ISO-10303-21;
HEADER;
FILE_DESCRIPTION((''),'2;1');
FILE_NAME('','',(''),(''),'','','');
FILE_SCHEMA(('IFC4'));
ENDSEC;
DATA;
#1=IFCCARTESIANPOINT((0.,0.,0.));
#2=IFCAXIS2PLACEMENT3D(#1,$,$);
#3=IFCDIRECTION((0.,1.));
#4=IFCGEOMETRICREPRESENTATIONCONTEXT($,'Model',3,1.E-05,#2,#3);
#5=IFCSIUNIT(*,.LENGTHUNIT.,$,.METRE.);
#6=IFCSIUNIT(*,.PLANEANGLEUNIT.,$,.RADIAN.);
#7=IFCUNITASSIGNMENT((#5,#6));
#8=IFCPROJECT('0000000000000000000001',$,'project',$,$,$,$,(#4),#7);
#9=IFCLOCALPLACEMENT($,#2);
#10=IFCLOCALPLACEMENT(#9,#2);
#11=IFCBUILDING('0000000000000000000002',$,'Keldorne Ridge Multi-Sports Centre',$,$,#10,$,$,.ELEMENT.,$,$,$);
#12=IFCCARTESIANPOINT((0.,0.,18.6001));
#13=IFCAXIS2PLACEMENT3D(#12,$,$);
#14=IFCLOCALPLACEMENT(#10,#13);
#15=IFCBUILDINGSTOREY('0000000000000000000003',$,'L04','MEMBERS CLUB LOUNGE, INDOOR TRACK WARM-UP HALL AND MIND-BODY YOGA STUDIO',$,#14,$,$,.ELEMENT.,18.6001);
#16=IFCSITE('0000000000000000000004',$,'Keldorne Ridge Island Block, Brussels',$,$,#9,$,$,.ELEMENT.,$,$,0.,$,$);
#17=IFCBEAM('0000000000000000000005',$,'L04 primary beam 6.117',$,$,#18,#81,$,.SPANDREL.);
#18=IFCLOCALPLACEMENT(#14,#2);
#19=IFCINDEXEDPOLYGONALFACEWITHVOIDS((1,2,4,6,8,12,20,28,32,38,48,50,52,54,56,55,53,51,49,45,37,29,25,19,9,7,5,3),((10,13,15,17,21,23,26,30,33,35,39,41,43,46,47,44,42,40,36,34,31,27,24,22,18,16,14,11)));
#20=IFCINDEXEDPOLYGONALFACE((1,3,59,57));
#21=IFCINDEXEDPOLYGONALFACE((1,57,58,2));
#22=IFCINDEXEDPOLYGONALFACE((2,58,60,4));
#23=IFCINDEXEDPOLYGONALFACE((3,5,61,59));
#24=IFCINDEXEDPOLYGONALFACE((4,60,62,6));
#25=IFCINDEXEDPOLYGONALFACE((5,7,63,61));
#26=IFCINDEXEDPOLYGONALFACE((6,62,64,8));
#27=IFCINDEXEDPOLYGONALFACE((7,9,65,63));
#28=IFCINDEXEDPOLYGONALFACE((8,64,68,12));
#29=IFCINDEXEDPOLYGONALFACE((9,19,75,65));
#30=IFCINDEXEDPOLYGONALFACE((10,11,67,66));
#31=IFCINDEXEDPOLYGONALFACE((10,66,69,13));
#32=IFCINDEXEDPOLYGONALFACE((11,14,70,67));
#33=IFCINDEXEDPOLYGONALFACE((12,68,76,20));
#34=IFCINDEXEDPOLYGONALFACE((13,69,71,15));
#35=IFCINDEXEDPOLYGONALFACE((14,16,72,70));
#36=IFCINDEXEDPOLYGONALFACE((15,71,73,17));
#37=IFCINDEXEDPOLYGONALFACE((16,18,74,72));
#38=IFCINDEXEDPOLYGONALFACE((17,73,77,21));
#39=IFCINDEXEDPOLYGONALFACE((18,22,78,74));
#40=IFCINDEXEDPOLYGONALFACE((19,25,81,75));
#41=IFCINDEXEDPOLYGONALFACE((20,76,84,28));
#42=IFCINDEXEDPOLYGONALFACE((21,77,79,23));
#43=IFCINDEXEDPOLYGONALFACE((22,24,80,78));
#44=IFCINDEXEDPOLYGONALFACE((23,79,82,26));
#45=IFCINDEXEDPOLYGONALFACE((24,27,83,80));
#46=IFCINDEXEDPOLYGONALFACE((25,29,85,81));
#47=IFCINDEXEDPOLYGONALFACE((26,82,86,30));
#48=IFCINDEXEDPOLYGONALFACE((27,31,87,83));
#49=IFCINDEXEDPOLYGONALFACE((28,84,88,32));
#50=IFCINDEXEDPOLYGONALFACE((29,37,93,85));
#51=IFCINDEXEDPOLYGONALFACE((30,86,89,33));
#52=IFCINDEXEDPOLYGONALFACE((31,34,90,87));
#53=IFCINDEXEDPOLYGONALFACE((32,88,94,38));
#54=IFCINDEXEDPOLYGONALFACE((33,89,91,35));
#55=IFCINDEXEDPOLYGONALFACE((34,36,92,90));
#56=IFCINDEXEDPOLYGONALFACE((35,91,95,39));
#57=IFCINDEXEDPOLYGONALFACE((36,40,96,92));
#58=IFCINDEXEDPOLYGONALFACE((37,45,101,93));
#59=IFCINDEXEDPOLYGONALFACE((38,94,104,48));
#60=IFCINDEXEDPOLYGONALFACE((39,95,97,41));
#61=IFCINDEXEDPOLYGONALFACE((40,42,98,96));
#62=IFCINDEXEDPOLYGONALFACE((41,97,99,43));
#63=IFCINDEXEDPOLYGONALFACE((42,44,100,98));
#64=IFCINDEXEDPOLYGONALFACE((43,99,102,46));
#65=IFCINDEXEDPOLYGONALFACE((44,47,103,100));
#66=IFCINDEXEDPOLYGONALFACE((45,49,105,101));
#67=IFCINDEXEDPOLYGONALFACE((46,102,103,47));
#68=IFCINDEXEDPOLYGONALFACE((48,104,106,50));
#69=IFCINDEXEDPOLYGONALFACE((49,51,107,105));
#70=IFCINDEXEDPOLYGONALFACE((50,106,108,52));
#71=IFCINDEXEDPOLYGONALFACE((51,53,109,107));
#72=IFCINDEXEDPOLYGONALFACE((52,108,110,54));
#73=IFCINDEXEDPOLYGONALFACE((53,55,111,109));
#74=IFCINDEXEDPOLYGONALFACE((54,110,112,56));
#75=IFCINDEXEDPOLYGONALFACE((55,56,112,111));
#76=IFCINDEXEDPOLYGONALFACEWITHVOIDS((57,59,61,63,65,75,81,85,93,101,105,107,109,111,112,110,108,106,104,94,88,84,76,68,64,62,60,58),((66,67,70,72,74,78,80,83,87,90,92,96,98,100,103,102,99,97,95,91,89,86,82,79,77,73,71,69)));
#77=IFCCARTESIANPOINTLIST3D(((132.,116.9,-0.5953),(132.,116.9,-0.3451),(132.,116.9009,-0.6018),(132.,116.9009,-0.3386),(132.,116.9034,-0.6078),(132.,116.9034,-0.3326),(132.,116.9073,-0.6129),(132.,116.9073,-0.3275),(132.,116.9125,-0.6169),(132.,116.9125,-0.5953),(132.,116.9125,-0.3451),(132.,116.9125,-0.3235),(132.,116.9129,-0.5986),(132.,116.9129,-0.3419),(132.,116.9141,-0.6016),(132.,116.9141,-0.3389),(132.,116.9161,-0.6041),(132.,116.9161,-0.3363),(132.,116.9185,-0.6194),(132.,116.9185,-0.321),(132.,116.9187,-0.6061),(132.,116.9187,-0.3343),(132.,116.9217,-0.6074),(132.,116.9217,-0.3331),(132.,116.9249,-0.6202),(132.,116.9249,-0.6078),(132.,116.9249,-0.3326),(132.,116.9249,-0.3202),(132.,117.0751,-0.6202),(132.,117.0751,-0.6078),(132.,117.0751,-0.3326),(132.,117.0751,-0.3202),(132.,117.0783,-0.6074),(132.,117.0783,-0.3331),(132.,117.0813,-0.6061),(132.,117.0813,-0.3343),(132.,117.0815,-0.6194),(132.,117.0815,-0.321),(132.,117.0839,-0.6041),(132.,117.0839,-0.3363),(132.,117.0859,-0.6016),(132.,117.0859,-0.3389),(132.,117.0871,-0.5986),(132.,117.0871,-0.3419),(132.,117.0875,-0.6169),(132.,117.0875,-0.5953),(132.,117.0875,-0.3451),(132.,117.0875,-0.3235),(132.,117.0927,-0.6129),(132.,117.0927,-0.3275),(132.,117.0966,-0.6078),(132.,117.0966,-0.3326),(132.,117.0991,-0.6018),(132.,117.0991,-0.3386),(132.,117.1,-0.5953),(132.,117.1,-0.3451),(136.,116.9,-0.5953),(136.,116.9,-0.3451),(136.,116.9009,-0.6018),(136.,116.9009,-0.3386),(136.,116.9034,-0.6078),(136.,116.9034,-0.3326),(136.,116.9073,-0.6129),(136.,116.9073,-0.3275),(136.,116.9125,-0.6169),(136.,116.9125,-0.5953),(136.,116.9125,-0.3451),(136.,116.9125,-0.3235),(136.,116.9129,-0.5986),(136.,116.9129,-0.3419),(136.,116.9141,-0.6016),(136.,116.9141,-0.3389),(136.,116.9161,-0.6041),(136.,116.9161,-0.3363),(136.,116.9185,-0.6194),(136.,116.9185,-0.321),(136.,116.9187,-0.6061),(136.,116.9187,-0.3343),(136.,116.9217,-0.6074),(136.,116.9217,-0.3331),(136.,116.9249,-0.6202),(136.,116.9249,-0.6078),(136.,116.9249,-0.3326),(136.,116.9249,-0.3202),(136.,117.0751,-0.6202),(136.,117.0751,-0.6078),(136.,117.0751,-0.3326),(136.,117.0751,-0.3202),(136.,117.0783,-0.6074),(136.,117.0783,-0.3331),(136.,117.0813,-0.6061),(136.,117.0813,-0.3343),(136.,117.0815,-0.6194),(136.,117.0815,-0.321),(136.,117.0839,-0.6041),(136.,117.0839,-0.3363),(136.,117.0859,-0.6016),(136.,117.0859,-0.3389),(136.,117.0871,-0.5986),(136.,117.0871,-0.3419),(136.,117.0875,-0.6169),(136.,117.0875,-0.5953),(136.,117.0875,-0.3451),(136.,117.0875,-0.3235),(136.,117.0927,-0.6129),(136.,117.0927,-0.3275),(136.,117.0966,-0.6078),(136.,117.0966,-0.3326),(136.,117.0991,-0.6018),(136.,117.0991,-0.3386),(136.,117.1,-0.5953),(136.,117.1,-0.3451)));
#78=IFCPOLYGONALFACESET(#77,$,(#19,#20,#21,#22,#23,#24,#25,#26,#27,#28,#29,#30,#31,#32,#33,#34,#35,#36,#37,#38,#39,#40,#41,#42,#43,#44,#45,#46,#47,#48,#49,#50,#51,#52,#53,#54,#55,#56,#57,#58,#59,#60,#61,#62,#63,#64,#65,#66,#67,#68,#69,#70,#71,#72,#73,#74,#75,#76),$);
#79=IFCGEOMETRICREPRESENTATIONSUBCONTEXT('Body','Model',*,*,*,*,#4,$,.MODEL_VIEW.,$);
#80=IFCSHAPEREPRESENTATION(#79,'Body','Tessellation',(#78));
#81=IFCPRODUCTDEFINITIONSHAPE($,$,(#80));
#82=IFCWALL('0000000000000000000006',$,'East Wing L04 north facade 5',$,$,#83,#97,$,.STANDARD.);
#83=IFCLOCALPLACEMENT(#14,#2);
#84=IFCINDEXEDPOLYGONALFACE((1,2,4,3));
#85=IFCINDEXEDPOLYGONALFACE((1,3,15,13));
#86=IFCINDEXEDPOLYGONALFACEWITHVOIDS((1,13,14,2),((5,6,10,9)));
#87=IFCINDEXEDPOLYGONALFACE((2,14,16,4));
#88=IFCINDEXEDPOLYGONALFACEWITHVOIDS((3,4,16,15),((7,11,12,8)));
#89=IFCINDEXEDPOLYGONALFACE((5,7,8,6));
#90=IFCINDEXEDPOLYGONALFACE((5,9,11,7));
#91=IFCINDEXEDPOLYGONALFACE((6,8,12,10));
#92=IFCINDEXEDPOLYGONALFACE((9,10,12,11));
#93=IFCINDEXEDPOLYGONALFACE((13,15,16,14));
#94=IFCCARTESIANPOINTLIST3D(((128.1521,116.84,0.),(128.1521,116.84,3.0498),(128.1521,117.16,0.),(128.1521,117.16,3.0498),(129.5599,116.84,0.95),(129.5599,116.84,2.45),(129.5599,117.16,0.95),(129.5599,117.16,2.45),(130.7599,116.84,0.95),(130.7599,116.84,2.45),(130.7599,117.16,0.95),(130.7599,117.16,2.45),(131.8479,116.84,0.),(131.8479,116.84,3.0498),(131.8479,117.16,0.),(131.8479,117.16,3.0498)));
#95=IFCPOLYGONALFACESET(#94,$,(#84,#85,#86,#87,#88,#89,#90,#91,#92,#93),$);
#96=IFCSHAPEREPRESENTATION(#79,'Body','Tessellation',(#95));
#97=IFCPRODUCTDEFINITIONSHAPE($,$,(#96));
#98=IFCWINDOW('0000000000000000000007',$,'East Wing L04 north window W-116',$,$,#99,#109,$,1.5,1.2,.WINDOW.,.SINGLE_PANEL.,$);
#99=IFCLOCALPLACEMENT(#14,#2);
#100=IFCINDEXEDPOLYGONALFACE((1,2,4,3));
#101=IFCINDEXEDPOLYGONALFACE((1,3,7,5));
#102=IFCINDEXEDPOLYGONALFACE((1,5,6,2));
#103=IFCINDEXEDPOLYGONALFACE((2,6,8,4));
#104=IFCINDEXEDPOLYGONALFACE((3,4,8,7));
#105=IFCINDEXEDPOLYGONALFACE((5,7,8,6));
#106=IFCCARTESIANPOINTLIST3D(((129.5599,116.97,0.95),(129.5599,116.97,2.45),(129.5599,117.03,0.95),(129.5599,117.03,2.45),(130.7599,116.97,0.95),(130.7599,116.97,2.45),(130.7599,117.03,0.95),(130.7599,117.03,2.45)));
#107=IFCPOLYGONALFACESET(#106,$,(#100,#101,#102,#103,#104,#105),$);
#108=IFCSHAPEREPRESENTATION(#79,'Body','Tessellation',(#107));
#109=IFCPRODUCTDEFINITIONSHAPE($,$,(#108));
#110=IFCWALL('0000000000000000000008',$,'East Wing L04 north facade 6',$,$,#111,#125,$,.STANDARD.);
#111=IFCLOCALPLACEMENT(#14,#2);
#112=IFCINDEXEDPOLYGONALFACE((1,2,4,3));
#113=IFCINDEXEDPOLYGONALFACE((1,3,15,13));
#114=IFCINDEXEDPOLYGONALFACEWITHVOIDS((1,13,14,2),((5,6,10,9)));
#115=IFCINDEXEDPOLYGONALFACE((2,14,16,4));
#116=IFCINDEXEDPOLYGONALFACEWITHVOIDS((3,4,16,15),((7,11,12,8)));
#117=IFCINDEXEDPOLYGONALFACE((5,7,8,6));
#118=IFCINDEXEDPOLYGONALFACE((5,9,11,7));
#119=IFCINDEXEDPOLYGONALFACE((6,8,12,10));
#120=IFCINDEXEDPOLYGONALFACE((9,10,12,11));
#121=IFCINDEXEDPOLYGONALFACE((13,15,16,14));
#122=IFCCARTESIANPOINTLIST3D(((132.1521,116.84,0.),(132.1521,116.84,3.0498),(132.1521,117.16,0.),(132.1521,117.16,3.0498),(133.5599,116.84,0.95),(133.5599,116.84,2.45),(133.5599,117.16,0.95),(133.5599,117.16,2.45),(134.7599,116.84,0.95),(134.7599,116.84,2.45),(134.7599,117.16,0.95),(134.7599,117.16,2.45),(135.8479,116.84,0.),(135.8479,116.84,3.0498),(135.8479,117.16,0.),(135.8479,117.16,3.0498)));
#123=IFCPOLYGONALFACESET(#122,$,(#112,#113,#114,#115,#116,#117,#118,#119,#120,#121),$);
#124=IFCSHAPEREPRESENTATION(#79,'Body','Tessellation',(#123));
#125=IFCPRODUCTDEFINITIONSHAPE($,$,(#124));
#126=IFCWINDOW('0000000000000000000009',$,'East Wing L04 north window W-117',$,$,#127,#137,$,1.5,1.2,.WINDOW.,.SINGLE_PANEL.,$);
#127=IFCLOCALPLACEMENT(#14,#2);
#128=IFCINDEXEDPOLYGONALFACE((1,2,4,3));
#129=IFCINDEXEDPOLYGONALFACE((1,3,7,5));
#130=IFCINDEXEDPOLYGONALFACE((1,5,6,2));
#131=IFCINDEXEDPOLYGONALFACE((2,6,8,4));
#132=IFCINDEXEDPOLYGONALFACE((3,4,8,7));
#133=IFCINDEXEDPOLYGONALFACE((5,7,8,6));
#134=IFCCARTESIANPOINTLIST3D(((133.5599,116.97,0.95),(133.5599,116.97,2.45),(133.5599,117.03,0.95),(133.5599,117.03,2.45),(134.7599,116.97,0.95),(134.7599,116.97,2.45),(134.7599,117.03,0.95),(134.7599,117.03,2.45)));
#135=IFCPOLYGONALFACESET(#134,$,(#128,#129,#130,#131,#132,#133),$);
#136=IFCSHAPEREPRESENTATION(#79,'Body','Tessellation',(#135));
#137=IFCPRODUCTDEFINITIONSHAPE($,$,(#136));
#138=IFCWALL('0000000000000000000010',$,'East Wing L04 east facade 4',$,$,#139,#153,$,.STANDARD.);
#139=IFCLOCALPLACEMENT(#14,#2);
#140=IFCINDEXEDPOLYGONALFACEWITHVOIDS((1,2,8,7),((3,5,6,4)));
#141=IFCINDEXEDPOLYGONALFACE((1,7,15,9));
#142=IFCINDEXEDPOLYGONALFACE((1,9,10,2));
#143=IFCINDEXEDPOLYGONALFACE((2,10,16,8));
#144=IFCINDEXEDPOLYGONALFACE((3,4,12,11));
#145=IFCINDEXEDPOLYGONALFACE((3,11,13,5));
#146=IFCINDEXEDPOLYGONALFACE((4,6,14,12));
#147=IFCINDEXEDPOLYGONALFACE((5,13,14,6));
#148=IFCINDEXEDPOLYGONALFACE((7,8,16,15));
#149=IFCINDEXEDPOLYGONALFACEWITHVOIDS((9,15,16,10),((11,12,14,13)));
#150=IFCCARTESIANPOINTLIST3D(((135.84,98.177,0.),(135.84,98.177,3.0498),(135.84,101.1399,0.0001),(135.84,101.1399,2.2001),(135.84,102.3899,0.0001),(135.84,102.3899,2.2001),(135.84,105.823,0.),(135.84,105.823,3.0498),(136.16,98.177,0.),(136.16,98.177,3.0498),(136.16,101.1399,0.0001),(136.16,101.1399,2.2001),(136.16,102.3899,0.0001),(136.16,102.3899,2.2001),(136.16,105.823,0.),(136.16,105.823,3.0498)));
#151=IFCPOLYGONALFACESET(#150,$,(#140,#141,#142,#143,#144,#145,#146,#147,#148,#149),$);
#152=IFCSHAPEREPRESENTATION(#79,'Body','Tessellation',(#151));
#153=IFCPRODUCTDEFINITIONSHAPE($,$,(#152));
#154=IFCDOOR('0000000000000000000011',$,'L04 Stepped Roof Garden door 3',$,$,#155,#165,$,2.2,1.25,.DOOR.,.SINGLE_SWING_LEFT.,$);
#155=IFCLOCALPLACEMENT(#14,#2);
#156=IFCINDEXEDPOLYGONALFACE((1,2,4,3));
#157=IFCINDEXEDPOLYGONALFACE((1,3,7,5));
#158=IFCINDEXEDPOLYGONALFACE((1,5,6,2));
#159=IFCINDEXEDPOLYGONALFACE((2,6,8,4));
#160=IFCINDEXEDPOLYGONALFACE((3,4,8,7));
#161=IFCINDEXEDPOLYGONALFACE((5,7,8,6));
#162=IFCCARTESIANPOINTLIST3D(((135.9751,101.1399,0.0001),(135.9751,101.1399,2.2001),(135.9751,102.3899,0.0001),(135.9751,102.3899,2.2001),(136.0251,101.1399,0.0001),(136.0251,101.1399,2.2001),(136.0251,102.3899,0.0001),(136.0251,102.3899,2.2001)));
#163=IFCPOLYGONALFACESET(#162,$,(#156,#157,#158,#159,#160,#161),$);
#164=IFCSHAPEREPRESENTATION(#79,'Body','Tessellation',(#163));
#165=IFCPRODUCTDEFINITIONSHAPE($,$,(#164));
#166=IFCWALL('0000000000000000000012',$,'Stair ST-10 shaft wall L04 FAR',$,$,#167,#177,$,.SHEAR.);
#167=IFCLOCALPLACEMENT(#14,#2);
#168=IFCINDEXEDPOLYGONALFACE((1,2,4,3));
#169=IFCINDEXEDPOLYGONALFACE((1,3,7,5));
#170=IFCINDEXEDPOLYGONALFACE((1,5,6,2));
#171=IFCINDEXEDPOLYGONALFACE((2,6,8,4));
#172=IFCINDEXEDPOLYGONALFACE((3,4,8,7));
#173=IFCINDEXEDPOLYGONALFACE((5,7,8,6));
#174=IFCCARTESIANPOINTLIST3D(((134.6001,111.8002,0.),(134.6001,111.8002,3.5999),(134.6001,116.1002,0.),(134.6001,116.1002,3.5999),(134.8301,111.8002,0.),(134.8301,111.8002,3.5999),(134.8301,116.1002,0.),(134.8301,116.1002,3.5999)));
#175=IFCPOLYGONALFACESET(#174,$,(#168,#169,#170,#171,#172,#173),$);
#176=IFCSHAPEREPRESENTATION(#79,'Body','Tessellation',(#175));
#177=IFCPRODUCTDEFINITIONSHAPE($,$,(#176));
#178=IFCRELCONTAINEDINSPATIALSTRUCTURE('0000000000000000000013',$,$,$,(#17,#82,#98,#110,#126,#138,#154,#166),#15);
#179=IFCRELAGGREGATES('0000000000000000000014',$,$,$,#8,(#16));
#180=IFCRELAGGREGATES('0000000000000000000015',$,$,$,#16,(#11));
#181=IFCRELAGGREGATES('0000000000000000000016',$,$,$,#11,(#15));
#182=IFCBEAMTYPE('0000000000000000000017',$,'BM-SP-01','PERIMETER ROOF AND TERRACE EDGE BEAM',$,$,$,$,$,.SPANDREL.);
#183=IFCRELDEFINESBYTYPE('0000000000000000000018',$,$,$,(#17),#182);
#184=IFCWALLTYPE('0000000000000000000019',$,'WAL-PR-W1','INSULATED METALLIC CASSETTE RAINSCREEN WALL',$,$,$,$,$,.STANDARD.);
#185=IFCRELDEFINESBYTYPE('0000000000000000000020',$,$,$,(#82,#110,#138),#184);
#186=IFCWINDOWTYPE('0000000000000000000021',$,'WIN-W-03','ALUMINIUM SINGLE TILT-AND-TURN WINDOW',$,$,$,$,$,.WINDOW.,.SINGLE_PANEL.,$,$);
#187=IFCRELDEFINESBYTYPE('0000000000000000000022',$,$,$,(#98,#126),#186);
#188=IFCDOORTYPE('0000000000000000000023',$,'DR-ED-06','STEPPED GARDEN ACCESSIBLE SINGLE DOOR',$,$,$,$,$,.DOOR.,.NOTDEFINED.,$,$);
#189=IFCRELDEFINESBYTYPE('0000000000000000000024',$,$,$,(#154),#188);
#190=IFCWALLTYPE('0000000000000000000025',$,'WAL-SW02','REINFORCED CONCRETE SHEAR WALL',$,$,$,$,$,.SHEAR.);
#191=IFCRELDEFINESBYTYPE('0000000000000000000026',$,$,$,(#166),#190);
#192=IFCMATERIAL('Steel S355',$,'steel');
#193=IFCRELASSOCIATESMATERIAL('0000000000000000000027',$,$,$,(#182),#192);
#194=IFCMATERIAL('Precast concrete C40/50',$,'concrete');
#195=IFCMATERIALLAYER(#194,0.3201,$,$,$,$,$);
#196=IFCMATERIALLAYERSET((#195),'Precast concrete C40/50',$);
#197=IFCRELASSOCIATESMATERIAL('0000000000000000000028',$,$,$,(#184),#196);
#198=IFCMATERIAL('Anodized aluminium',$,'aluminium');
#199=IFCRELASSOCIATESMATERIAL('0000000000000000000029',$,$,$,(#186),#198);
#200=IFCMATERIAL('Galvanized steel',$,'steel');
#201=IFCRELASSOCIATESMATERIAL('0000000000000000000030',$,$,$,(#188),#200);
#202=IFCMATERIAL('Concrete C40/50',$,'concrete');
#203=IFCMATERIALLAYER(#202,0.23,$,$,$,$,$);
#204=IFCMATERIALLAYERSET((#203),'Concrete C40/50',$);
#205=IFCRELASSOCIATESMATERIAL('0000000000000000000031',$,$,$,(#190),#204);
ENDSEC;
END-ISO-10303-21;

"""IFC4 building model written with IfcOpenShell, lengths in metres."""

from ifc_helpers import new_model, si_unit, direction, frame, frame_2d, origin, origin_2d, place, context, subcontext, project, spatial, rectangle, hollow_rectangle, extrude, material, layer, layer_set, material_profile, profile_set, type_object, element, fill, save


model = new_model("IFC4")

# Units and contexts
model_context = context("Model", 3, precision=1e-05, world=origin(), true_north=direction((0.0, 1.0)))
body_context = subcontext(model_context, "Body", "Model", "MODEL_VIEW")
ifc_project = project(units=[si_unit("LENGTHUNIT", "METRE"), si_unit("PLANEANGLEUNIT", "RADIAN")], contexts=[model_context])

# Site, building, storey
site_placement = place(None, origin())
site = spatial("IfcSite", under=ifc_project, at=site_placement, Name="Keldorne Ridge Island Block, Brussels", CompositionType="ELEMENT", RefElevation=0.0)
building_placement = place(site_placement, origin())
building = spatial("IfcBuilding", under=site, at=building_placement, Name="Keldorne Ridge Multi-Sports Centre", CompositionType="ELEMENT")
storey_placement = place(building_placement, frame((0.0, 0.0, 18.6001)))
storey = spatial("IfcBuildingStorey", under=building, at=storey_placement, Name="L04", Description="MEMBERS CLUB LOUNGE, INDOOR TRACK WARM-UP HALL AND MIND-BODY YOGA STUDIO", CompositionType="ELEMENT", Elevation=18.6001)

# Shared definitions
ifc_material_1 = material(Name="Steel S355", Category="steel")

# Beam
ifc_material_profile_1 = material_profile(ifc_material_1, hollow_rectangle(XDim=0.2, YDim=0.3, WallThickness=0.0125, InnerFilletRadius=0.0125, OuterFilletRadius=0.0249, at=origin_2d()), Name="RHS 300x200x12.5")
ifc_profile_set_1 = profile_set([ifc_material_profile_1], Name="Steel S355")
beam_type_1 = type_object("IfcBeamType", Name="BM-SP-01", Description="PERIMETER ROOF AND TERRACE EDGE BEAM", PredefinedType="SPANDREL", material=ifc_profile_set_1)
for number, where, z_axis, x_axis, name in (
    (1, (132.0, 117.0, -0.4702), (1.0, 0.0, 0.0), (0.0, 1.0, 0.0), "L04 primary beam 6.117"),
):
    element("IfcBeam", number, at=place(storey_placement, frame(where, z_axis=z_axis, x_axis=x_axis)), inside=storey, type_object=beam_type_1, Name=name, PredefinedType="SPANDREL", context=body_context, shape_type="SweptSolid", body=[
        extrude(hollow_rectangle(XDim=0.2, YDim=0.3, WallThickness=0.0125, InnerFilletRadius=0.0125, OuterFilletRadius=0.0249, at=origin_2d()), origin(), (0.0, 0.0, 1.0), 4.0),
    ])

# Walls, openings, windows
ifc_material_2 = material(Name="Precast concrete C40/50", Category="concrete")
ifc_layer_1 = layer(ifc_material_2, 0.3201)
ifc_layer_set_1 = layer_set([ifc_layer_1], Name="Precast concrete C40/50")
wall_type_1 = type_object("IfcWallType", Name="WAL-PR-W1", Description="INSULATED METALLIC CASSETTE RAINSCREEN WALL", PredefinedType="STANDARD", material=ifc_layer_set_1)
wall_1_placement = place(storey_placement, frame((131.8479, 117.0, 0.0), z_axis=(0.0, 0.0, 1.0), x_axis=(-1.0, 0.0, 0.0)))
wall_1 = element("IfcWall", 2, at=wall_1_placement, inside=storey, type_object=wall_type_1, Name="East Wing L04 north facade 5", PredefinedType="STANDARD", context=body_context, shape_type="SweptSolid", body=[
    extrude(rectangle(XDim=3.6958, YDim=0.3201, at=frame_2d((1.8479, 0.0))), origin(), (0.0, 0.0, 1.0), 3.0498),
])
opening_1_placement = place(wall_1_placement, frame((1.0879, 0.0, 0.95)))
opening_1 = element("IfcOpeningElement", 3, at=opening_1_placement, cuts=wall_1, PredefinedType="OPENING", context=body_context, shape_type="SweptSolid", body=[
    extrude(rectangle(XDim=1.2, YDim=1.5, at=frame_2d((0.6001, 0.75))), frame((0.0, 0.1699, 0.0), z_axis=(0.0, -1.0, 0.0), x_axis=(1.0, 0.0, 0.0)), (0.0, 0.0, 1.0), 0.3401),
])
ifc_material_3 = material(Name="Anodized aluminium", Category="aluminium")
window_type = type_object("IfcWindowType", Name="WIN-W-03", Description="ALUMINIUM SINGLE TILT-AND-TURN WINDOW", PartitioningType="SINGLE_PANEL", PredefinedType="WINDOW", material=ifc_material_3)
window_1_placement = place(opening_1_placement, origin())
window_1 = element("IfcWindow", 4, at=window_1_placement, inside=storey, type_object=window_type, Name="East Wing L04 north window W-116", OverallHeight=1.5, OverallWidth=1.2, PartitioningType="SINGLE_PANEL", PredefinedType="WINDOW", context=body_context, shape_type="SweptSolid", body=[
    extrude(rectangle(XDim=1.2, YDim=1.5, at=frame_2d((0.6001, 0.75))), frame((0.0, 0.03, 0.0), z_axis=(0.0, -1.0, 0.0), x_axis=(1.0, 0.0, 0.0)), (0.0, 0.0, 1.0), 0.0601),
])
fill(opening_1, window_1)
wall_2_placement = place(storey_placement, frame((135.8479, 117.0, 0.0), z_axis=(0.0, 0.0, 1.0), x_axis=(-1.0, 0.0, 0.0)))
wall_2 = element("IfcWall", 5, at=wall_2_placement, inside=storey, type_object=wall_type_1, Name="East Wing L04 north facade 6", PredefinedType="STANDARD", context=body_context, shape_type="SweptSolid", body=[
    extrude(rectangle(XDim=3.6958, YDim=0.3201, at=frame_2d((1.8479, 0.0))), origin(), (0.0, 0.0, 1.0), 3.0498),
])
opening_2_placement = place(wall_2_placement, frame((1.0879, 0.0, 0.95)))
opening_2 = element("IfcOpeningElement", 6, at=opening_2_placement, cuts=wall_2, PredefinedType="OPENING", context=body_context, shape_type="SweptSolid", body=[
    extrude(rectangle(XDim=1.2, YDim=1.5, at=frame_2d((0.6001, 0.75))), frame((0.0, 0.1699, 0.0), z_axis=(0.0, -1.0, 0.0), x_axis=(1.0, 0.0, 0.0)), (0.0, 0.0, 1.0), 0.3401),
])
window_2_placement = place(opening_2_placement, origin())
window_2 = element("IfcWindow", 7, at=window_2_placement, inside=storey, type_object=window_type, Name="East Wing L04 north window W-117", OverallHeight=1.5, OverallWidth=1.2, PartitioningType="SINGLE_PANEL", PredefinedType="WINDOW", context=body_context, shape_type="SweptSolid", body=[
    extrude(rectangle(XDim=1.2, YDim=1.5, at=frame_2d((0.6001, 0.75))), frame((0.0, 0.03, 0.0), z_axis=(0.0, -1.0, 0.0), x_axis=(1.0, 0.0, 0.0)), (0.0, 0.0, 1.0), 0.0601),
])
fill(opening_2, window_2)

# Wall, opening, door
wall_3_placement = place(storey_placement, frame((136.0, 98.177, 0.0), z_axis=(0.0, 0.0, 1.0), x_axis=(0.0, 1.0, 0.0)))
wall_3 = element("IfcWall", 8, at=wall_3_placement, inside=storey, type_object=wall_type_1, Name="East Wing L04 east facade 4", PredefinedType="STANDARD", context=body_context, shape_type="SweptSolid", body=[
    extrude(rectangle(XDim=7.646, YDim=0.3201, at=frame_2d((3.823, 0.0))), origin(), (0.0, 0.0, 1.0), 3.0498),
])
opening_3_placement = place(wall_3_placement, frame((2.9629, 0.0, 0.0)))
opening_3 = element("IfcOpeningElement", 9, at=opening_3_placement, cuts=wall_3, PredefinedType="OPENING", context=body_context, shape_type="SweptSolid", body=[
    extrude(rectangle(XDim=1.25, YDim=2.2, at=frame_2d((0.625, 1.1001))), frame((0.0, 0.1699, 0.0), z_axis=(0.0, -1.0, 0.0), x_axis=(1.0, 0.0, 0.0)), (0.0, 0.0, 1.0), 0.3401),
])
ifc_material_4 = material(Name="Galvanized steel", Category="steel")
door_type = type_object("IfcDoorType", Name="DR-ED-06", Description="STEPPED GARDEN ACCESSIBLE SINGLE DOOR", OperationType="NOTDEFINED", PredefinedType="DOOR", material=ifc_material_4)
door_placement = place(opening_3_placement, origin())
door = element("IfcDoor", 10, at=door_placement, inside=storey, type_object=door_type, Name="L04 Stepped Roof Garden door 3", OperationType="SINGLE_SWING_LEFT", OverallHeight=2.2, OverallWidth=1.25, PredefinedType="DOOR", context=body_context, shape_type="SweptSolid", body=[
    extrude(rectangle(XDim=1.25, YDim=2.2, at=frame_2d((0.625, 1.1001))), frame((0.0, 0.0249, 0.0), z_axis=(0.0, -1.0, 0.0), x_axis=(1.0, 0.0, 0.0)), (0.0, 0.0, 1.0), 0.05),
])
fill(opening_3, door)

# Wall
ifc_material_5 = material(Name="Concrete C40/50", Category="concrete")
ifc_layer_2 = layer(ifc_material_5, 0.23)
ifc_layer_set_2 = layer_set([ifc_layer_2], Name="Concrete C40/50")
wall_type_2 = type_object("IfcWallType", Name="WAL-SW02", Description="REINFORCED CONCRETE SHEAR WALL", PredefinedType="SHEAR", material=ifc_layer_set_2)
wall_4_placement = place(storey_placement, frame((134.7151, 116.1001, 0.0), z_axis=(0.0, 0.0, 1.0), x_axis=(0.0, -1.0, 0.0)))
element("IfcWall", 11, at=wall_4_placement, inside=storey, type_object=wall_type_2, Name="Stair ST-10 shaft wall L04 FAR", PredefinedType="SHEAR", context=body_context, shape_type="SweptSolid", body=[
    extrude(rectangle(XDim=4.3, YDim=0.23, at=frame_2d((2.1499, 0.0))), origin(), (0.0, 0.0, 1.0), 3.5999),
])

save(model, "model.ifc")
